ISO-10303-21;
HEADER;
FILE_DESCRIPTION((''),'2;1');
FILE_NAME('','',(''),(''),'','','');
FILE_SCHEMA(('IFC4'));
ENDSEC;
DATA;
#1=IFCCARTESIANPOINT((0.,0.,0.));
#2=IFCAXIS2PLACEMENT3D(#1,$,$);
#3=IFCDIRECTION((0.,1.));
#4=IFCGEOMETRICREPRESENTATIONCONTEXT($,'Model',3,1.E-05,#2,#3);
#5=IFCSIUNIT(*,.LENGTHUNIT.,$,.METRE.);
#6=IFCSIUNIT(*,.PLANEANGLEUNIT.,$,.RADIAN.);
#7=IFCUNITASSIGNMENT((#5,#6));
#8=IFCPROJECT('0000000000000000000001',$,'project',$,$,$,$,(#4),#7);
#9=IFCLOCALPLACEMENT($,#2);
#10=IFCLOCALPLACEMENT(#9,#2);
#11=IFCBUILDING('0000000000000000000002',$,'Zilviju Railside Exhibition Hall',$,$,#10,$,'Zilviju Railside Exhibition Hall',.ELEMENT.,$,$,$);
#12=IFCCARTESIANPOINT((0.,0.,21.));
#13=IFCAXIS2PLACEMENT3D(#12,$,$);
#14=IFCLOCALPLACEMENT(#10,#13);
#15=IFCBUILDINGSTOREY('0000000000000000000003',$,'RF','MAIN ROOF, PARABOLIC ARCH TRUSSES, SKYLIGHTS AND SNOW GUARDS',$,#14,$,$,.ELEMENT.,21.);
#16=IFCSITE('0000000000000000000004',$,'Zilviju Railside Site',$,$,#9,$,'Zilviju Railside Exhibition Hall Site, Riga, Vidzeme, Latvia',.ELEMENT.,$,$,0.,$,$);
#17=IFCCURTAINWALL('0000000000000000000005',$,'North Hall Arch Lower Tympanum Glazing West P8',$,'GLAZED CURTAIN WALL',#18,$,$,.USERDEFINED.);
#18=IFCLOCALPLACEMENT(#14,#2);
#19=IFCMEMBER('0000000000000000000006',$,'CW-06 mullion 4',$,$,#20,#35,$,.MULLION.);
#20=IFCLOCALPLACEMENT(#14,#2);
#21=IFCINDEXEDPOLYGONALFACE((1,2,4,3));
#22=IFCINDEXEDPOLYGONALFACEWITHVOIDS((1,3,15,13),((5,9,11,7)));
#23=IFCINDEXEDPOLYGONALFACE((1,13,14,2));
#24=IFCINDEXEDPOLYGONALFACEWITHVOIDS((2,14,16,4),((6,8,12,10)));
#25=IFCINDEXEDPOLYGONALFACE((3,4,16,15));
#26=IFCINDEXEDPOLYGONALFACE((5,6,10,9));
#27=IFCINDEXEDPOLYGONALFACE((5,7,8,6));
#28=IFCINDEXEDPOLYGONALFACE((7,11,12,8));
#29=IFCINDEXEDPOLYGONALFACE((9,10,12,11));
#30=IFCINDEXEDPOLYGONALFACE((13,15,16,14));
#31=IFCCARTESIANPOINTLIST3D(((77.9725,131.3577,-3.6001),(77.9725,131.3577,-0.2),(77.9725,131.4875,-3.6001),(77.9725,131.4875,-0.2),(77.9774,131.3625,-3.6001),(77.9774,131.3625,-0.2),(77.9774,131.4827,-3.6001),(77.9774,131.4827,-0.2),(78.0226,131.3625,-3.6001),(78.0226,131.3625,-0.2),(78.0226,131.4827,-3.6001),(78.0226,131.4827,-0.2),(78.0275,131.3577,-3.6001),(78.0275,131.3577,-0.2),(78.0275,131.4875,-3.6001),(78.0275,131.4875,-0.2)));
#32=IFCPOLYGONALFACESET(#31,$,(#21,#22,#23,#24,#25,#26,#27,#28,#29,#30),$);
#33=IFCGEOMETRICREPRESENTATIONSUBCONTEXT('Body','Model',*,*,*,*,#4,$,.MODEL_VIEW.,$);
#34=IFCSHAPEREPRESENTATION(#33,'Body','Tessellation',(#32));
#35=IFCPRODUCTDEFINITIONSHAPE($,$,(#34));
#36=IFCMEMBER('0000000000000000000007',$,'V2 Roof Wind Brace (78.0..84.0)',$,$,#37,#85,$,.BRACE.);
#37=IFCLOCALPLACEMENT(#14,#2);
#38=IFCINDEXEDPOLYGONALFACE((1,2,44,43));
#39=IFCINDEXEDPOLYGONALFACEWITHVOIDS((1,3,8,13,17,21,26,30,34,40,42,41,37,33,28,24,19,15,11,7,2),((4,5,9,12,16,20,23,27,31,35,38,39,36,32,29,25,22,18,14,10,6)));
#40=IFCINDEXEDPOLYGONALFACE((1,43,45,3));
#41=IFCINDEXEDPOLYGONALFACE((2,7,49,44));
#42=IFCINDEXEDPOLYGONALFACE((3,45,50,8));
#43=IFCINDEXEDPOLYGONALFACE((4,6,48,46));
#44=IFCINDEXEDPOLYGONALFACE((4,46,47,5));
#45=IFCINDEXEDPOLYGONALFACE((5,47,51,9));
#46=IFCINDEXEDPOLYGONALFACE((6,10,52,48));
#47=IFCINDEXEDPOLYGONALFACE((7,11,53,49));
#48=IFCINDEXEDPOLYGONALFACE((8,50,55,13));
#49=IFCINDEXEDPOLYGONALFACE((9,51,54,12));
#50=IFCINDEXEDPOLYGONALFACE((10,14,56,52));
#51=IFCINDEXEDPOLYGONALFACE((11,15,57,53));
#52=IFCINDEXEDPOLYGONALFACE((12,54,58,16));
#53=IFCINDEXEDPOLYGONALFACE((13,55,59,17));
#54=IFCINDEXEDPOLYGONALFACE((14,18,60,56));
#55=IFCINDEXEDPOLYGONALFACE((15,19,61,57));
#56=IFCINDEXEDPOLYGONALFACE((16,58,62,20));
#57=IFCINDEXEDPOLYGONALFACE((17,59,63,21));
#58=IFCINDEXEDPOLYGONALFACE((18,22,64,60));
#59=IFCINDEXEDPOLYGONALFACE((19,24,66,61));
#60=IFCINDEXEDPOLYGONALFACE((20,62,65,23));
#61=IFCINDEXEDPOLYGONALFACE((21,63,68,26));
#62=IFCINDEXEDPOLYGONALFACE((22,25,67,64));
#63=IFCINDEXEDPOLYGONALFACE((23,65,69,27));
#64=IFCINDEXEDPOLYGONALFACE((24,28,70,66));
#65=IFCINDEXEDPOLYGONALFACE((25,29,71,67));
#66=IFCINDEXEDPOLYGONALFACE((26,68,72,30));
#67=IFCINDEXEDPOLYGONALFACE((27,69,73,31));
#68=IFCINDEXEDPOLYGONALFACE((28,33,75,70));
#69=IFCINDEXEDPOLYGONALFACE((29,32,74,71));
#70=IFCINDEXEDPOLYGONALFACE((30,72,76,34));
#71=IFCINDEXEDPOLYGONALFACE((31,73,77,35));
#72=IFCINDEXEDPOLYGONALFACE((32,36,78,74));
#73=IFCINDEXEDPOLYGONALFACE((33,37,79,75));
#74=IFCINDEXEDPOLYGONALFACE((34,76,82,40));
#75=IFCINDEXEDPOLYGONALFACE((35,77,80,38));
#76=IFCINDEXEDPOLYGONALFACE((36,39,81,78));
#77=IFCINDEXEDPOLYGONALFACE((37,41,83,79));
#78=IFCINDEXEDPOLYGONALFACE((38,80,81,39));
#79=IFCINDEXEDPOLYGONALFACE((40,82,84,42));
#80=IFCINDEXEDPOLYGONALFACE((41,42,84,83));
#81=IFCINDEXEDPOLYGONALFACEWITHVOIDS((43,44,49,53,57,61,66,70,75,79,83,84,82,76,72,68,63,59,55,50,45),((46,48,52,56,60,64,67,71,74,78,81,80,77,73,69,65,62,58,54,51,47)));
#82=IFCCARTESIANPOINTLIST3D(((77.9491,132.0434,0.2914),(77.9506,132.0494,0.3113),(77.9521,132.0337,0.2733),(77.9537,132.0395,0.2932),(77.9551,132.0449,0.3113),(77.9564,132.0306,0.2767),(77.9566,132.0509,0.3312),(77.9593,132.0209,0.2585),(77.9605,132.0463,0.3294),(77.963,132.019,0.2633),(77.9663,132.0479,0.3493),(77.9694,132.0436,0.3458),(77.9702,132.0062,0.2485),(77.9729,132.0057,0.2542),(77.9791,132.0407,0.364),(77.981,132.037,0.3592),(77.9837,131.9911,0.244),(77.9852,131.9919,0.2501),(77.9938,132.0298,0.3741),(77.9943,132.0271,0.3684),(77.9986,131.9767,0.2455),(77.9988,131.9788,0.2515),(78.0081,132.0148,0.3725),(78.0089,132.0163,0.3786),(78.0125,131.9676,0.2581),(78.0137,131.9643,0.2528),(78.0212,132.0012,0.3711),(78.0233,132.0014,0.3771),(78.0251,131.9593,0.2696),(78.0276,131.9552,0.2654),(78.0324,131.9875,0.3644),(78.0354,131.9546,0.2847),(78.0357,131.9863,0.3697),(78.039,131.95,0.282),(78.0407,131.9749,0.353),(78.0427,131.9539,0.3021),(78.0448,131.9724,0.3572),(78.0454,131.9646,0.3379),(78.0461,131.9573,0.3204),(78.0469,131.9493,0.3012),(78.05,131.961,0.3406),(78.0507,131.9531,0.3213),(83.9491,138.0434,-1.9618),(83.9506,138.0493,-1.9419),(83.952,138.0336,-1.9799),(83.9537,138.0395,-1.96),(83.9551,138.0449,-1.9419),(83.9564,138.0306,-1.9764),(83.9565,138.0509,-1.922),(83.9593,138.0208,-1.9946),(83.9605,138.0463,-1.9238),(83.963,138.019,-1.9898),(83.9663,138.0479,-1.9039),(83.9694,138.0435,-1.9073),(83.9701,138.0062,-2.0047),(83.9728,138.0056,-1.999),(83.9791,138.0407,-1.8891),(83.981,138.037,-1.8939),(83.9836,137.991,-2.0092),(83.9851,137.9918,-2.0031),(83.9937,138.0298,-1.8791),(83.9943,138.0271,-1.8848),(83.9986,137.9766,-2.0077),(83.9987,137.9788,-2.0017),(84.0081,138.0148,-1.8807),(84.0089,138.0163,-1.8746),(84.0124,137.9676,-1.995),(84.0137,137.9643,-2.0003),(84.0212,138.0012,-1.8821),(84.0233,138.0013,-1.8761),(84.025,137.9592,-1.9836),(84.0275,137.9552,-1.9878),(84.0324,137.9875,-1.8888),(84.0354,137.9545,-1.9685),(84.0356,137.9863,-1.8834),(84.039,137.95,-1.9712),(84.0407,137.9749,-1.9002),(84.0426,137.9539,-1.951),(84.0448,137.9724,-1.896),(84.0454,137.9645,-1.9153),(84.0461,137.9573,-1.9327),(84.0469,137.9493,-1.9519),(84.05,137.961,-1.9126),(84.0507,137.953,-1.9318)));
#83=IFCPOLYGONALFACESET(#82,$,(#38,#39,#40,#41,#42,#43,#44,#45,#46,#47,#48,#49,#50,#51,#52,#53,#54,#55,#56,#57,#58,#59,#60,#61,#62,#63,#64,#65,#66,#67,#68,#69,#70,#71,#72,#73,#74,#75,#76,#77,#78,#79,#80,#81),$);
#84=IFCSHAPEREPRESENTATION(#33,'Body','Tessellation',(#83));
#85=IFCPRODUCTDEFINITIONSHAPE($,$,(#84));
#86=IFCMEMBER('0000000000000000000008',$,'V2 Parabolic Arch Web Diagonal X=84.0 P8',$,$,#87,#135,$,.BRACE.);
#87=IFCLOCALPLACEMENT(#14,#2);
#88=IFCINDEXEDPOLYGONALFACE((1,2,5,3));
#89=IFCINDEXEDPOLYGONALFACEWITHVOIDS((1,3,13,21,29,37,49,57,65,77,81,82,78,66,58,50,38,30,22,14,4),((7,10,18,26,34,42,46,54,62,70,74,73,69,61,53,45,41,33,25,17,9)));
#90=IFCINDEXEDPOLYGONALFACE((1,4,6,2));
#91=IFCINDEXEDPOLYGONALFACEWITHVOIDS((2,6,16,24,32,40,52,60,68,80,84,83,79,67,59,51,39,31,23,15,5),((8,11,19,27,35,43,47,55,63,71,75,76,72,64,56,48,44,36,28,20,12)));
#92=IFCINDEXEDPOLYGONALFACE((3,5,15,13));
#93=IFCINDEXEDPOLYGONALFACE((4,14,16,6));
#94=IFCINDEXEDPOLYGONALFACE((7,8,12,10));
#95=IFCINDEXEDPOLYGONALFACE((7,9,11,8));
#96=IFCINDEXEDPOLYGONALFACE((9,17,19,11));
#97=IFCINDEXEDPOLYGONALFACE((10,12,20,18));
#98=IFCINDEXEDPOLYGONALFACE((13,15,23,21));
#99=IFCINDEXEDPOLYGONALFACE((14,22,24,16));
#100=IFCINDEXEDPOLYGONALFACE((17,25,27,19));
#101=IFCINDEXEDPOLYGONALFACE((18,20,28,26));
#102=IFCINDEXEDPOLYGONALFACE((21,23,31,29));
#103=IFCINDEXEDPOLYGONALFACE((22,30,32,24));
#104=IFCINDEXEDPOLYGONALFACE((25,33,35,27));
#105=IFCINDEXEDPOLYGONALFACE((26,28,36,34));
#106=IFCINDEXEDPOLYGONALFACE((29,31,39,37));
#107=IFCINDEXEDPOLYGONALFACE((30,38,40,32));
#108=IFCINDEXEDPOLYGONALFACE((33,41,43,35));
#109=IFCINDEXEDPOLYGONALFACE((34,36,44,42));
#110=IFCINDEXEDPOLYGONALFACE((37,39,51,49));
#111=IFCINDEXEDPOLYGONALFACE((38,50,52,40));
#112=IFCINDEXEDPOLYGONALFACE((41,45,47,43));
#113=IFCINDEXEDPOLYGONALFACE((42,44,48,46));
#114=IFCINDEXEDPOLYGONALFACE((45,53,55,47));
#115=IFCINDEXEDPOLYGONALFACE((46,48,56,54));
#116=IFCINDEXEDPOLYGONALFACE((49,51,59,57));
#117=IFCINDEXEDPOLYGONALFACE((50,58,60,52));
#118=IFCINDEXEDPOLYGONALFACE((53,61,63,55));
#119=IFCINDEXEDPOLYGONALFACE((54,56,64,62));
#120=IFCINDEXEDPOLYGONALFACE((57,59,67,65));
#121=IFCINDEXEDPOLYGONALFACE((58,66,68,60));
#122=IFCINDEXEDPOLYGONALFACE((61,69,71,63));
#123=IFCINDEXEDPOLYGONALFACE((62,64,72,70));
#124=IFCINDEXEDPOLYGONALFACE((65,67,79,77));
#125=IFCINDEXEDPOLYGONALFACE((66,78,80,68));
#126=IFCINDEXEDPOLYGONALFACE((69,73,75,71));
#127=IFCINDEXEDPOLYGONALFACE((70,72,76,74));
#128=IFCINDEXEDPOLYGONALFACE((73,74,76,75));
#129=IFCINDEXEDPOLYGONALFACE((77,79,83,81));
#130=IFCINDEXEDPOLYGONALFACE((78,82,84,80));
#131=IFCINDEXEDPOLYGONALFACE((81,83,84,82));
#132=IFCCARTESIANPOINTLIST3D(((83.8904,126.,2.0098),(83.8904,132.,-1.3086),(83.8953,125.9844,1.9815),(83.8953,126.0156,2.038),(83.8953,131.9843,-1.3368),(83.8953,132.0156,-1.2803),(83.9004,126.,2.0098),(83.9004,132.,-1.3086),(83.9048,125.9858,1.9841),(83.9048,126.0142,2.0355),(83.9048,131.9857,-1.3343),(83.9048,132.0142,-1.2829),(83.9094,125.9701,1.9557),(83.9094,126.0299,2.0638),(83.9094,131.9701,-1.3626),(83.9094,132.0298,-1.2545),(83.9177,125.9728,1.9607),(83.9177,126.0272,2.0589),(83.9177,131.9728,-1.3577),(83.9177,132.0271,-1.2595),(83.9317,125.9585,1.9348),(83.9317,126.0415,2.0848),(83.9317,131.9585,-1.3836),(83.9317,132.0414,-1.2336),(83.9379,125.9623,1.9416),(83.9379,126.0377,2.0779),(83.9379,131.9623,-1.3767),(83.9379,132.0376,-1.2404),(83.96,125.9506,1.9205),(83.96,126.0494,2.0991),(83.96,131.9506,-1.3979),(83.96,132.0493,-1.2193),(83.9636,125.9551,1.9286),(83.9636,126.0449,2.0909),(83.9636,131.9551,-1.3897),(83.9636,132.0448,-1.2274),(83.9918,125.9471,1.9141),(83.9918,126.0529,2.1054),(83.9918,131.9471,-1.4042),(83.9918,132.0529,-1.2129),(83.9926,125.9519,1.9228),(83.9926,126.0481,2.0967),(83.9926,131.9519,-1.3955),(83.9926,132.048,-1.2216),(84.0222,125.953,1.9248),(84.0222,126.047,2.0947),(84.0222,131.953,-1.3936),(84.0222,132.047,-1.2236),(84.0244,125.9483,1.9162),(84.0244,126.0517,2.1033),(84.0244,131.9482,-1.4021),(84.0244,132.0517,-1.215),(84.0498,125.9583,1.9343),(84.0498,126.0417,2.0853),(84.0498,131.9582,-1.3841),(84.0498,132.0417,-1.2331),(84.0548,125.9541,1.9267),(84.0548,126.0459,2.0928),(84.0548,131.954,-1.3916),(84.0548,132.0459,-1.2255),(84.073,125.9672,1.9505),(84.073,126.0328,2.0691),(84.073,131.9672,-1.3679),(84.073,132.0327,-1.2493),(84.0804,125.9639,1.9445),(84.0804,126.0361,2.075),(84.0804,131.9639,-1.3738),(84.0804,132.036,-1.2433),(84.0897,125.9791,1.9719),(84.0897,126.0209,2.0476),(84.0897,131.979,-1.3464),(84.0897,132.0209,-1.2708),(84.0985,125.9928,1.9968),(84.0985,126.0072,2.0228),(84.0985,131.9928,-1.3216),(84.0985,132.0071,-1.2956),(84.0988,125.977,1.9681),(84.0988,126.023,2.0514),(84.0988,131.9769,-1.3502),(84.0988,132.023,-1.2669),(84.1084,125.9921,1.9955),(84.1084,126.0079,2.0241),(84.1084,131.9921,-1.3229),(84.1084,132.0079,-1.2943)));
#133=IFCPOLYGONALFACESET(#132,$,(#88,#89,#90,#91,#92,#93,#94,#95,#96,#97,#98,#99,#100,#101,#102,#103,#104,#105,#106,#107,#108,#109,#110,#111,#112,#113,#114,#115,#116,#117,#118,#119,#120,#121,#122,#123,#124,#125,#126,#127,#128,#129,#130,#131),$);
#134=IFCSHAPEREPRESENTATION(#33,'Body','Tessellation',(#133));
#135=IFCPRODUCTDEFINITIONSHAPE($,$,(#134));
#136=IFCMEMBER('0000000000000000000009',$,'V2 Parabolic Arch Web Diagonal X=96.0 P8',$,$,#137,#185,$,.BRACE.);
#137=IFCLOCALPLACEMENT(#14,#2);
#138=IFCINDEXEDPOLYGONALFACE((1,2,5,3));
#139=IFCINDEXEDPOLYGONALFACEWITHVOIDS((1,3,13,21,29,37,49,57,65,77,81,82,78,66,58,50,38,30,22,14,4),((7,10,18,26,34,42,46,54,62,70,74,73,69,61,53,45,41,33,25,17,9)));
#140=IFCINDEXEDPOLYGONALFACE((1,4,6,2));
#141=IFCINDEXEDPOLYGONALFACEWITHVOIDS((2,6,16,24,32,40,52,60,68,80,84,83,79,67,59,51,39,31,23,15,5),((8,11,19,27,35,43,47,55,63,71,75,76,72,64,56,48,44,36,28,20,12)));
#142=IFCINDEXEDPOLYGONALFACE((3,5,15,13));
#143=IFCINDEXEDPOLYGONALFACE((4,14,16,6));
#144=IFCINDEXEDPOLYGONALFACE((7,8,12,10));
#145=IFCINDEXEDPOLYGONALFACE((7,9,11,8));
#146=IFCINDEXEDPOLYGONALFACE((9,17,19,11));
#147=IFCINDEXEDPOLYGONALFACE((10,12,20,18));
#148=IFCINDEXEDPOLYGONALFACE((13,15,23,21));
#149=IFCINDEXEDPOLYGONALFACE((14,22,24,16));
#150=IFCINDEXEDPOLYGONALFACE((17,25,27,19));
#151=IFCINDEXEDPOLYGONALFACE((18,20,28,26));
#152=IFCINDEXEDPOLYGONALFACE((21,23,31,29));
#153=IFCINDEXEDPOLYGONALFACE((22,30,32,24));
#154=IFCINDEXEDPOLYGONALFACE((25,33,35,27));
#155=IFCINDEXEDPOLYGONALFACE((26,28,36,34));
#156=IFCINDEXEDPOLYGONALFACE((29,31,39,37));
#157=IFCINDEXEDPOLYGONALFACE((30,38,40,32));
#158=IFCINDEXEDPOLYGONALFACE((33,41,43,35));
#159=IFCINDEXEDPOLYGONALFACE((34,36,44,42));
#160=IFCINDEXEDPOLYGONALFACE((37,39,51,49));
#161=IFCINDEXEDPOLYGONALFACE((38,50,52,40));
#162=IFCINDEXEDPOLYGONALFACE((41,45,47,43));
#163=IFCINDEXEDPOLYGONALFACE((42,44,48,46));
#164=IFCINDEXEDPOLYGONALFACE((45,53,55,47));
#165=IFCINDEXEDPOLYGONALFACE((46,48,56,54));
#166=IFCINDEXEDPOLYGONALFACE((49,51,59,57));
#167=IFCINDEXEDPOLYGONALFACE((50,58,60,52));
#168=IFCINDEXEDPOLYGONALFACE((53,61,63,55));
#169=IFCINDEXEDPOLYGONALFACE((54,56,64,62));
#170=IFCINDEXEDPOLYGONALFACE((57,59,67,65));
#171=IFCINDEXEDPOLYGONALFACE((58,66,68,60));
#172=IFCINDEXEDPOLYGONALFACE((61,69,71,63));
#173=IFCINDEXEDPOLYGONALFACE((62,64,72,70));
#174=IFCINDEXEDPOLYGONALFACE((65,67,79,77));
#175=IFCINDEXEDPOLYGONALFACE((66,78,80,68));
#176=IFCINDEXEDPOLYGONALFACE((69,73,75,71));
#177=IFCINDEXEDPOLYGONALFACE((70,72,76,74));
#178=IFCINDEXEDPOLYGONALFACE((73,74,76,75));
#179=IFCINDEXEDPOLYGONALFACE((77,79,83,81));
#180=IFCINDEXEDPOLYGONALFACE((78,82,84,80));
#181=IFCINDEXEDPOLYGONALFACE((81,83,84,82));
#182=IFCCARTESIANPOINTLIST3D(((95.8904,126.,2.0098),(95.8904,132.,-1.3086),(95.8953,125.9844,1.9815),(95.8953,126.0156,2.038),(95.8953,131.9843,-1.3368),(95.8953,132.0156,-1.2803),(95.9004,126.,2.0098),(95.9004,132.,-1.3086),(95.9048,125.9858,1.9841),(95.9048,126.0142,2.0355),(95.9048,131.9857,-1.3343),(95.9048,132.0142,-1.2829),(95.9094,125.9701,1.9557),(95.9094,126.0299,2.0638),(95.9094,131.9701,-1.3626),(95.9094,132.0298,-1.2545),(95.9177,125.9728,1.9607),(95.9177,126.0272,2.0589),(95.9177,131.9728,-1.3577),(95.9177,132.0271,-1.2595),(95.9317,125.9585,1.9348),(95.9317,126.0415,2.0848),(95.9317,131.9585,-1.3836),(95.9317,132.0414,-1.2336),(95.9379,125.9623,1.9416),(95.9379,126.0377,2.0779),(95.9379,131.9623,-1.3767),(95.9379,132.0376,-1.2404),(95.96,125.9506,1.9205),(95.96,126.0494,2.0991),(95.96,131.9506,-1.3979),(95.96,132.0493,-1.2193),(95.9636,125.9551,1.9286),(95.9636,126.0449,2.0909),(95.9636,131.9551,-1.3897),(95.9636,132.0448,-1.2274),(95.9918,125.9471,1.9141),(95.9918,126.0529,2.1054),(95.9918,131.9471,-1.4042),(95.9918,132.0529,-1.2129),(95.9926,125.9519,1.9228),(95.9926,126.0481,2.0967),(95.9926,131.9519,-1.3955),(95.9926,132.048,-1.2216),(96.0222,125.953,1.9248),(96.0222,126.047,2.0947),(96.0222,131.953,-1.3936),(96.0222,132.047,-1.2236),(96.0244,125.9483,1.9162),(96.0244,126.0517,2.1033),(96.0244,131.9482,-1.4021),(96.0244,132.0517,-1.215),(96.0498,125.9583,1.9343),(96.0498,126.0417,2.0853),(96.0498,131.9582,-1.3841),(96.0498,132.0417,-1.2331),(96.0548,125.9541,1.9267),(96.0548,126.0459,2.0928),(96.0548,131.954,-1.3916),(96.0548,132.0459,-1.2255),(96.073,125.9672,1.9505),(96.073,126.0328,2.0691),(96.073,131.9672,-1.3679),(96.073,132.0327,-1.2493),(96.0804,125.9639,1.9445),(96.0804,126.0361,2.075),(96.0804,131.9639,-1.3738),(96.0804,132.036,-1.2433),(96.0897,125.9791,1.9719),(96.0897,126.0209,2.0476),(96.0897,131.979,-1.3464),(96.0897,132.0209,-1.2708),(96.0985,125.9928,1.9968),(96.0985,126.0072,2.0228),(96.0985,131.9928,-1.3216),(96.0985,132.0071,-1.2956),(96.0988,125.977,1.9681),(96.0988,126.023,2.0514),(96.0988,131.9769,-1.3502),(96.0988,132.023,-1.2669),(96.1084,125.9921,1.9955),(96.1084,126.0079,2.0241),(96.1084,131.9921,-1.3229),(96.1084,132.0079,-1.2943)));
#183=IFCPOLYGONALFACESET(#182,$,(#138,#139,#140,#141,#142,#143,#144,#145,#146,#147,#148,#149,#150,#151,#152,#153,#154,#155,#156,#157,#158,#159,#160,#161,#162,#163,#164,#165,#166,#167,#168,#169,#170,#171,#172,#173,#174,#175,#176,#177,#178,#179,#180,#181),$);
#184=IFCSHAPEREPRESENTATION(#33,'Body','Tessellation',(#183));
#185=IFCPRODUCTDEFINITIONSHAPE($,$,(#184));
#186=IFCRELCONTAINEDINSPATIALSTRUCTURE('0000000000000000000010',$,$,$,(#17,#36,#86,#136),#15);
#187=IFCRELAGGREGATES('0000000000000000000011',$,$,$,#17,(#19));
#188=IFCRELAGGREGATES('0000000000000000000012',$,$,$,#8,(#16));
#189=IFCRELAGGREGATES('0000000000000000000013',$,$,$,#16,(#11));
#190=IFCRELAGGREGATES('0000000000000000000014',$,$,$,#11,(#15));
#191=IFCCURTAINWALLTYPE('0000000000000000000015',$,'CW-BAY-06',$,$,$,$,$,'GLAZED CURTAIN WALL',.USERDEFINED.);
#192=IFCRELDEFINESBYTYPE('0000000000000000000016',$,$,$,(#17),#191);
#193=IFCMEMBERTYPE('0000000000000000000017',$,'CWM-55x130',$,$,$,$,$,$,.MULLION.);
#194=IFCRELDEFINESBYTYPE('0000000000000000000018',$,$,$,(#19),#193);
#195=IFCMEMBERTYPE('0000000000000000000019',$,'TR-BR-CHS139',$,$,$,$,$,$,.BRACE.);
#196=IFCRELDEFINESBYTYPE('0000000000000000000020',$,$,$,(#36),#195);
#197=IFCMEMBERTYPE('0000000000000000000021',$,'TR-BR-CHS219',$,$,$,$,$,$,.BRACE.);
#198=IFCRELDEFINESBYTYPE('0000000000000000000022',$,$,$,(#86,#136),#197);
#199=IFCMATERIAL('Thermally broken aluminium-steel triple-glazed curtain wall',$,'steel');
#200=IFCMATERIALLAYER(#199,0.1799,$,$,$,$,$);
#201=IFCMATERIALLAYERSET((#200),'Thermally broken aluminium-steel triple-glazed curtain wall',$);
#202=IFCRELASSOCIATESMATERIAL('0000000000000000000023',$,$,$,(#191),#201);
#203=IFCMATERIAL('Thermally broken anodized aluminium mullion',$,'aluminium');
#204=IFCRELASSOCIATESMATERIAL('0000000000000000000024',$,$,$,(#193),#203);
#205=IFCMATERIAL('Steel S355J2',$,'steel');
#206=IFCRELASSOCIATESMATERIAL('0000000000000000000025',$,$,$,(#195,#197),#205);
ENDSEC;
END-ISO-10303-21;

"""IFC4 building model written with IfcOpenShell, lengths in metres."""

from ifc_helpers import new_model, si_unit, direction, frame, origin, origin_2d, place, context, subcontext, project, spatial, hollow_rectangle, hollow_circle, extrude, material, layer, layer_set, material_profile, profile_set, type_object, element, aggregate, save


model = new_model("IFC4")

# Units and contexts
model_context = context("Model", 3, precision=1e-05, world=origin(), true_north=direction((0.0, 1.0)))
body_context = subcontext(model_context, "Body", "Model", "MODEL_VIEW")
ifc_project = project(units=[si_unit("LENGTHUNIT", "METRE"), si_unit("PLANEANGLEUNIT", "RADIAN")], contexts=[model_context])

# Site, building, storey
site_placement = place(None, origin())
site = spatial("IfcSite", under=ifc_project, at=site_placement, Name="Zilviju Railside Site", LongName="Zilviju Railside Exhibition Hall Site, Riga, Vidzeme, Latvia", CompositionType="ELEMENT", RefElevation=0.0)
building_placement = place(site_placement, origin())
building = spatial("IfcBuilding", under=site, at=building_placement, Name="Zilviju Railside Exhibition Hall", LongName="Zilviju Railside Exhibition Hall", CompositionType="ELEMENT")
storey_placement = place(building_placement, frame((0.0, 0.0, 21.0)))
storey = spatial("IfcBuildingStorey", under=building, at=storey_placement, Name="RF", Description="MAIN ROOF, PARABOLIC ARCH TRUSSES, SKYLIGHTS AND SNOW GUARDS", CompositionType="ELEMENT", Elevation=21.0)

# Curtain wall, member
ifc_material_1 = material(Name="Thermally broken aluminium-steel triple-glazed curtain wall", Category="steel")
ifc_layer_1 = layer(ifc_material_1, 0.1799)
ifc_layer_set_1 = layer_set([ifc_layer_1], Name="Thermally broken aluminium-steel triple-glazed curtain wall")
curtain_wall_type = type_object("IfcCurtainWallType", Name="CW-BAY-06", ElementType="GLAZED CURTAIN WALL", PredefinedType="USERDEFINED", material=ifc_layer_set_1)
curtain_wall_placement = place(storey_placement, origin())
curtain_wall = element("IfcCurtainWall", 1, at=curtain_wall_placement, inside=storey, type_object=curtain_wall_type, Name="North Hall Arch Lower Tympanum Glazing West P8", ObjectType="GLAZED CURTAIN WALL", PredefinedType="USERDEFINED")
ifc_material_2 = material(Name="Thermally broken anodized aluminium mullion", Category="aluminium")
ifc_material_profile_1 = material_profile(ifc_material_2, hollow_rectangle(XDim=0.0549, YDim=0.1299, WallThickness=0.0049, at=origin_2d()), Name="MULLION 130x55x5")
ifc_profile_set_1 = profile_set([ifc_material_profile_1], Name="Thermally broken anodized aluminium mullion")
member_type_1 = type_object("IfcMemberType", Name="CWM-55x130", PredefinedType="MULLION", material=ifc_profile_set_1)
member_1_placement = place(storey_placement, frame((78.0, 131.4226, -3.6001), z_axis=(0.0, 0.0, 1.0), x_axis=(-1.0, 0.0, 0.0)))
member_1 = element("IfcMember", 2, at=member_1_placement, type_object=member_type_1, Name="CW-06 mullion 4", PredefinedType="MULLION", context=body_context, shape_type="SweptSolid", body=[
    extrude(hollow_rectangle(XDim=0.0549, YDim=0.1299, WallThickness=0.0049, at=origin_2d()), origin(), (0.0, 0.0, 1.0), 3.4001),
])

# Members
ifc_material_3 = material(Name="Steel S355J2", Category="steel")
ifc_material_profile_2 = material_profile(ifc_material_3, hollow_circle(Radius=0.0698, WallThickness=0.0063, at=origin_2d()), Name="CHS 139.7x6.3")
ifc_profile_set_2 = profile_set([ifc_material_profile_2], Name="Steel S355J2")
member_type_2 = type_object("IfcMemberType", Name="TR-BR-CHS139", PredefinedType="BRACE", material=ifc_profile_set_2)
member_2_placement = place(storey_placement, frame((78.0, 132.0, 0.3113), z_axis=(0.683423, 0.683423, -0.256645), x_axis=(-0.707107, 0.707107, 0.0)))
element("IfcMember", 3, at=member_2_placement, inside=storey, type_object=member_type_2, Name="V2 Roof Wind Brace (78.0..84.0)", PredefinedType="BRACE", context=body_context, shape_type="SweptSolid", body=[
    extrude(hollow_circle(Radius=0.0698, WallThickness=0.0063, at=origin_2d()), origin(), (0.0, 0.0, 1.0), 8.7793),
])
ifc_material_profile_3 = material_profile(ifc_material_3, hollow_circle(Radius=0.1096, WallThickness=0.01, at=origin_2d()), Name="CHS 219.1x10.0")
ifc_profile_set_3 = profile_set([ifc_material_profile_3], Name="Steel S355J2")
member_type_3 = type_object("IfcMemberType", Name="TR-BR-CHS219", PredefinedType="BRACE", material=ifc_profile_set_3)
for number, where, z_axis, x_axis, name in (
    (4, (84.0, 126.0, 2.0098), (0.0, 0.875083, -0.483973), (-1.0, 0.0, 0.0), "V2 Parabolic Arch Web Diagonal X=84.0 P8"),
    (5, (96.0, 126.0, 2.0098), (0.0, 0.875083, -0.483973), (-1.0, 0.0, 0.0), "V2 Parabolic Arch Web Diagonal X=96.0 P8"),
):
    element("IfcMember", number, at=place(storey_placement, frame(where, z_axis=z_axis, x_axis=x_axis)), inside=storey, type_object=member_type_3, Name=name, PredefinedType="BRACE", context=body_context, shape_type="SweptSolid", body=[
        extrude(hollow_circle(Radius=0.1096, WallThickness=0.01, at=origin_2d()), origin(), (0.0, 0.0, 1.0), 6.8564),
    ])

aggregate(curtain_wall, [member_1])

save(model, "model.ifc")
